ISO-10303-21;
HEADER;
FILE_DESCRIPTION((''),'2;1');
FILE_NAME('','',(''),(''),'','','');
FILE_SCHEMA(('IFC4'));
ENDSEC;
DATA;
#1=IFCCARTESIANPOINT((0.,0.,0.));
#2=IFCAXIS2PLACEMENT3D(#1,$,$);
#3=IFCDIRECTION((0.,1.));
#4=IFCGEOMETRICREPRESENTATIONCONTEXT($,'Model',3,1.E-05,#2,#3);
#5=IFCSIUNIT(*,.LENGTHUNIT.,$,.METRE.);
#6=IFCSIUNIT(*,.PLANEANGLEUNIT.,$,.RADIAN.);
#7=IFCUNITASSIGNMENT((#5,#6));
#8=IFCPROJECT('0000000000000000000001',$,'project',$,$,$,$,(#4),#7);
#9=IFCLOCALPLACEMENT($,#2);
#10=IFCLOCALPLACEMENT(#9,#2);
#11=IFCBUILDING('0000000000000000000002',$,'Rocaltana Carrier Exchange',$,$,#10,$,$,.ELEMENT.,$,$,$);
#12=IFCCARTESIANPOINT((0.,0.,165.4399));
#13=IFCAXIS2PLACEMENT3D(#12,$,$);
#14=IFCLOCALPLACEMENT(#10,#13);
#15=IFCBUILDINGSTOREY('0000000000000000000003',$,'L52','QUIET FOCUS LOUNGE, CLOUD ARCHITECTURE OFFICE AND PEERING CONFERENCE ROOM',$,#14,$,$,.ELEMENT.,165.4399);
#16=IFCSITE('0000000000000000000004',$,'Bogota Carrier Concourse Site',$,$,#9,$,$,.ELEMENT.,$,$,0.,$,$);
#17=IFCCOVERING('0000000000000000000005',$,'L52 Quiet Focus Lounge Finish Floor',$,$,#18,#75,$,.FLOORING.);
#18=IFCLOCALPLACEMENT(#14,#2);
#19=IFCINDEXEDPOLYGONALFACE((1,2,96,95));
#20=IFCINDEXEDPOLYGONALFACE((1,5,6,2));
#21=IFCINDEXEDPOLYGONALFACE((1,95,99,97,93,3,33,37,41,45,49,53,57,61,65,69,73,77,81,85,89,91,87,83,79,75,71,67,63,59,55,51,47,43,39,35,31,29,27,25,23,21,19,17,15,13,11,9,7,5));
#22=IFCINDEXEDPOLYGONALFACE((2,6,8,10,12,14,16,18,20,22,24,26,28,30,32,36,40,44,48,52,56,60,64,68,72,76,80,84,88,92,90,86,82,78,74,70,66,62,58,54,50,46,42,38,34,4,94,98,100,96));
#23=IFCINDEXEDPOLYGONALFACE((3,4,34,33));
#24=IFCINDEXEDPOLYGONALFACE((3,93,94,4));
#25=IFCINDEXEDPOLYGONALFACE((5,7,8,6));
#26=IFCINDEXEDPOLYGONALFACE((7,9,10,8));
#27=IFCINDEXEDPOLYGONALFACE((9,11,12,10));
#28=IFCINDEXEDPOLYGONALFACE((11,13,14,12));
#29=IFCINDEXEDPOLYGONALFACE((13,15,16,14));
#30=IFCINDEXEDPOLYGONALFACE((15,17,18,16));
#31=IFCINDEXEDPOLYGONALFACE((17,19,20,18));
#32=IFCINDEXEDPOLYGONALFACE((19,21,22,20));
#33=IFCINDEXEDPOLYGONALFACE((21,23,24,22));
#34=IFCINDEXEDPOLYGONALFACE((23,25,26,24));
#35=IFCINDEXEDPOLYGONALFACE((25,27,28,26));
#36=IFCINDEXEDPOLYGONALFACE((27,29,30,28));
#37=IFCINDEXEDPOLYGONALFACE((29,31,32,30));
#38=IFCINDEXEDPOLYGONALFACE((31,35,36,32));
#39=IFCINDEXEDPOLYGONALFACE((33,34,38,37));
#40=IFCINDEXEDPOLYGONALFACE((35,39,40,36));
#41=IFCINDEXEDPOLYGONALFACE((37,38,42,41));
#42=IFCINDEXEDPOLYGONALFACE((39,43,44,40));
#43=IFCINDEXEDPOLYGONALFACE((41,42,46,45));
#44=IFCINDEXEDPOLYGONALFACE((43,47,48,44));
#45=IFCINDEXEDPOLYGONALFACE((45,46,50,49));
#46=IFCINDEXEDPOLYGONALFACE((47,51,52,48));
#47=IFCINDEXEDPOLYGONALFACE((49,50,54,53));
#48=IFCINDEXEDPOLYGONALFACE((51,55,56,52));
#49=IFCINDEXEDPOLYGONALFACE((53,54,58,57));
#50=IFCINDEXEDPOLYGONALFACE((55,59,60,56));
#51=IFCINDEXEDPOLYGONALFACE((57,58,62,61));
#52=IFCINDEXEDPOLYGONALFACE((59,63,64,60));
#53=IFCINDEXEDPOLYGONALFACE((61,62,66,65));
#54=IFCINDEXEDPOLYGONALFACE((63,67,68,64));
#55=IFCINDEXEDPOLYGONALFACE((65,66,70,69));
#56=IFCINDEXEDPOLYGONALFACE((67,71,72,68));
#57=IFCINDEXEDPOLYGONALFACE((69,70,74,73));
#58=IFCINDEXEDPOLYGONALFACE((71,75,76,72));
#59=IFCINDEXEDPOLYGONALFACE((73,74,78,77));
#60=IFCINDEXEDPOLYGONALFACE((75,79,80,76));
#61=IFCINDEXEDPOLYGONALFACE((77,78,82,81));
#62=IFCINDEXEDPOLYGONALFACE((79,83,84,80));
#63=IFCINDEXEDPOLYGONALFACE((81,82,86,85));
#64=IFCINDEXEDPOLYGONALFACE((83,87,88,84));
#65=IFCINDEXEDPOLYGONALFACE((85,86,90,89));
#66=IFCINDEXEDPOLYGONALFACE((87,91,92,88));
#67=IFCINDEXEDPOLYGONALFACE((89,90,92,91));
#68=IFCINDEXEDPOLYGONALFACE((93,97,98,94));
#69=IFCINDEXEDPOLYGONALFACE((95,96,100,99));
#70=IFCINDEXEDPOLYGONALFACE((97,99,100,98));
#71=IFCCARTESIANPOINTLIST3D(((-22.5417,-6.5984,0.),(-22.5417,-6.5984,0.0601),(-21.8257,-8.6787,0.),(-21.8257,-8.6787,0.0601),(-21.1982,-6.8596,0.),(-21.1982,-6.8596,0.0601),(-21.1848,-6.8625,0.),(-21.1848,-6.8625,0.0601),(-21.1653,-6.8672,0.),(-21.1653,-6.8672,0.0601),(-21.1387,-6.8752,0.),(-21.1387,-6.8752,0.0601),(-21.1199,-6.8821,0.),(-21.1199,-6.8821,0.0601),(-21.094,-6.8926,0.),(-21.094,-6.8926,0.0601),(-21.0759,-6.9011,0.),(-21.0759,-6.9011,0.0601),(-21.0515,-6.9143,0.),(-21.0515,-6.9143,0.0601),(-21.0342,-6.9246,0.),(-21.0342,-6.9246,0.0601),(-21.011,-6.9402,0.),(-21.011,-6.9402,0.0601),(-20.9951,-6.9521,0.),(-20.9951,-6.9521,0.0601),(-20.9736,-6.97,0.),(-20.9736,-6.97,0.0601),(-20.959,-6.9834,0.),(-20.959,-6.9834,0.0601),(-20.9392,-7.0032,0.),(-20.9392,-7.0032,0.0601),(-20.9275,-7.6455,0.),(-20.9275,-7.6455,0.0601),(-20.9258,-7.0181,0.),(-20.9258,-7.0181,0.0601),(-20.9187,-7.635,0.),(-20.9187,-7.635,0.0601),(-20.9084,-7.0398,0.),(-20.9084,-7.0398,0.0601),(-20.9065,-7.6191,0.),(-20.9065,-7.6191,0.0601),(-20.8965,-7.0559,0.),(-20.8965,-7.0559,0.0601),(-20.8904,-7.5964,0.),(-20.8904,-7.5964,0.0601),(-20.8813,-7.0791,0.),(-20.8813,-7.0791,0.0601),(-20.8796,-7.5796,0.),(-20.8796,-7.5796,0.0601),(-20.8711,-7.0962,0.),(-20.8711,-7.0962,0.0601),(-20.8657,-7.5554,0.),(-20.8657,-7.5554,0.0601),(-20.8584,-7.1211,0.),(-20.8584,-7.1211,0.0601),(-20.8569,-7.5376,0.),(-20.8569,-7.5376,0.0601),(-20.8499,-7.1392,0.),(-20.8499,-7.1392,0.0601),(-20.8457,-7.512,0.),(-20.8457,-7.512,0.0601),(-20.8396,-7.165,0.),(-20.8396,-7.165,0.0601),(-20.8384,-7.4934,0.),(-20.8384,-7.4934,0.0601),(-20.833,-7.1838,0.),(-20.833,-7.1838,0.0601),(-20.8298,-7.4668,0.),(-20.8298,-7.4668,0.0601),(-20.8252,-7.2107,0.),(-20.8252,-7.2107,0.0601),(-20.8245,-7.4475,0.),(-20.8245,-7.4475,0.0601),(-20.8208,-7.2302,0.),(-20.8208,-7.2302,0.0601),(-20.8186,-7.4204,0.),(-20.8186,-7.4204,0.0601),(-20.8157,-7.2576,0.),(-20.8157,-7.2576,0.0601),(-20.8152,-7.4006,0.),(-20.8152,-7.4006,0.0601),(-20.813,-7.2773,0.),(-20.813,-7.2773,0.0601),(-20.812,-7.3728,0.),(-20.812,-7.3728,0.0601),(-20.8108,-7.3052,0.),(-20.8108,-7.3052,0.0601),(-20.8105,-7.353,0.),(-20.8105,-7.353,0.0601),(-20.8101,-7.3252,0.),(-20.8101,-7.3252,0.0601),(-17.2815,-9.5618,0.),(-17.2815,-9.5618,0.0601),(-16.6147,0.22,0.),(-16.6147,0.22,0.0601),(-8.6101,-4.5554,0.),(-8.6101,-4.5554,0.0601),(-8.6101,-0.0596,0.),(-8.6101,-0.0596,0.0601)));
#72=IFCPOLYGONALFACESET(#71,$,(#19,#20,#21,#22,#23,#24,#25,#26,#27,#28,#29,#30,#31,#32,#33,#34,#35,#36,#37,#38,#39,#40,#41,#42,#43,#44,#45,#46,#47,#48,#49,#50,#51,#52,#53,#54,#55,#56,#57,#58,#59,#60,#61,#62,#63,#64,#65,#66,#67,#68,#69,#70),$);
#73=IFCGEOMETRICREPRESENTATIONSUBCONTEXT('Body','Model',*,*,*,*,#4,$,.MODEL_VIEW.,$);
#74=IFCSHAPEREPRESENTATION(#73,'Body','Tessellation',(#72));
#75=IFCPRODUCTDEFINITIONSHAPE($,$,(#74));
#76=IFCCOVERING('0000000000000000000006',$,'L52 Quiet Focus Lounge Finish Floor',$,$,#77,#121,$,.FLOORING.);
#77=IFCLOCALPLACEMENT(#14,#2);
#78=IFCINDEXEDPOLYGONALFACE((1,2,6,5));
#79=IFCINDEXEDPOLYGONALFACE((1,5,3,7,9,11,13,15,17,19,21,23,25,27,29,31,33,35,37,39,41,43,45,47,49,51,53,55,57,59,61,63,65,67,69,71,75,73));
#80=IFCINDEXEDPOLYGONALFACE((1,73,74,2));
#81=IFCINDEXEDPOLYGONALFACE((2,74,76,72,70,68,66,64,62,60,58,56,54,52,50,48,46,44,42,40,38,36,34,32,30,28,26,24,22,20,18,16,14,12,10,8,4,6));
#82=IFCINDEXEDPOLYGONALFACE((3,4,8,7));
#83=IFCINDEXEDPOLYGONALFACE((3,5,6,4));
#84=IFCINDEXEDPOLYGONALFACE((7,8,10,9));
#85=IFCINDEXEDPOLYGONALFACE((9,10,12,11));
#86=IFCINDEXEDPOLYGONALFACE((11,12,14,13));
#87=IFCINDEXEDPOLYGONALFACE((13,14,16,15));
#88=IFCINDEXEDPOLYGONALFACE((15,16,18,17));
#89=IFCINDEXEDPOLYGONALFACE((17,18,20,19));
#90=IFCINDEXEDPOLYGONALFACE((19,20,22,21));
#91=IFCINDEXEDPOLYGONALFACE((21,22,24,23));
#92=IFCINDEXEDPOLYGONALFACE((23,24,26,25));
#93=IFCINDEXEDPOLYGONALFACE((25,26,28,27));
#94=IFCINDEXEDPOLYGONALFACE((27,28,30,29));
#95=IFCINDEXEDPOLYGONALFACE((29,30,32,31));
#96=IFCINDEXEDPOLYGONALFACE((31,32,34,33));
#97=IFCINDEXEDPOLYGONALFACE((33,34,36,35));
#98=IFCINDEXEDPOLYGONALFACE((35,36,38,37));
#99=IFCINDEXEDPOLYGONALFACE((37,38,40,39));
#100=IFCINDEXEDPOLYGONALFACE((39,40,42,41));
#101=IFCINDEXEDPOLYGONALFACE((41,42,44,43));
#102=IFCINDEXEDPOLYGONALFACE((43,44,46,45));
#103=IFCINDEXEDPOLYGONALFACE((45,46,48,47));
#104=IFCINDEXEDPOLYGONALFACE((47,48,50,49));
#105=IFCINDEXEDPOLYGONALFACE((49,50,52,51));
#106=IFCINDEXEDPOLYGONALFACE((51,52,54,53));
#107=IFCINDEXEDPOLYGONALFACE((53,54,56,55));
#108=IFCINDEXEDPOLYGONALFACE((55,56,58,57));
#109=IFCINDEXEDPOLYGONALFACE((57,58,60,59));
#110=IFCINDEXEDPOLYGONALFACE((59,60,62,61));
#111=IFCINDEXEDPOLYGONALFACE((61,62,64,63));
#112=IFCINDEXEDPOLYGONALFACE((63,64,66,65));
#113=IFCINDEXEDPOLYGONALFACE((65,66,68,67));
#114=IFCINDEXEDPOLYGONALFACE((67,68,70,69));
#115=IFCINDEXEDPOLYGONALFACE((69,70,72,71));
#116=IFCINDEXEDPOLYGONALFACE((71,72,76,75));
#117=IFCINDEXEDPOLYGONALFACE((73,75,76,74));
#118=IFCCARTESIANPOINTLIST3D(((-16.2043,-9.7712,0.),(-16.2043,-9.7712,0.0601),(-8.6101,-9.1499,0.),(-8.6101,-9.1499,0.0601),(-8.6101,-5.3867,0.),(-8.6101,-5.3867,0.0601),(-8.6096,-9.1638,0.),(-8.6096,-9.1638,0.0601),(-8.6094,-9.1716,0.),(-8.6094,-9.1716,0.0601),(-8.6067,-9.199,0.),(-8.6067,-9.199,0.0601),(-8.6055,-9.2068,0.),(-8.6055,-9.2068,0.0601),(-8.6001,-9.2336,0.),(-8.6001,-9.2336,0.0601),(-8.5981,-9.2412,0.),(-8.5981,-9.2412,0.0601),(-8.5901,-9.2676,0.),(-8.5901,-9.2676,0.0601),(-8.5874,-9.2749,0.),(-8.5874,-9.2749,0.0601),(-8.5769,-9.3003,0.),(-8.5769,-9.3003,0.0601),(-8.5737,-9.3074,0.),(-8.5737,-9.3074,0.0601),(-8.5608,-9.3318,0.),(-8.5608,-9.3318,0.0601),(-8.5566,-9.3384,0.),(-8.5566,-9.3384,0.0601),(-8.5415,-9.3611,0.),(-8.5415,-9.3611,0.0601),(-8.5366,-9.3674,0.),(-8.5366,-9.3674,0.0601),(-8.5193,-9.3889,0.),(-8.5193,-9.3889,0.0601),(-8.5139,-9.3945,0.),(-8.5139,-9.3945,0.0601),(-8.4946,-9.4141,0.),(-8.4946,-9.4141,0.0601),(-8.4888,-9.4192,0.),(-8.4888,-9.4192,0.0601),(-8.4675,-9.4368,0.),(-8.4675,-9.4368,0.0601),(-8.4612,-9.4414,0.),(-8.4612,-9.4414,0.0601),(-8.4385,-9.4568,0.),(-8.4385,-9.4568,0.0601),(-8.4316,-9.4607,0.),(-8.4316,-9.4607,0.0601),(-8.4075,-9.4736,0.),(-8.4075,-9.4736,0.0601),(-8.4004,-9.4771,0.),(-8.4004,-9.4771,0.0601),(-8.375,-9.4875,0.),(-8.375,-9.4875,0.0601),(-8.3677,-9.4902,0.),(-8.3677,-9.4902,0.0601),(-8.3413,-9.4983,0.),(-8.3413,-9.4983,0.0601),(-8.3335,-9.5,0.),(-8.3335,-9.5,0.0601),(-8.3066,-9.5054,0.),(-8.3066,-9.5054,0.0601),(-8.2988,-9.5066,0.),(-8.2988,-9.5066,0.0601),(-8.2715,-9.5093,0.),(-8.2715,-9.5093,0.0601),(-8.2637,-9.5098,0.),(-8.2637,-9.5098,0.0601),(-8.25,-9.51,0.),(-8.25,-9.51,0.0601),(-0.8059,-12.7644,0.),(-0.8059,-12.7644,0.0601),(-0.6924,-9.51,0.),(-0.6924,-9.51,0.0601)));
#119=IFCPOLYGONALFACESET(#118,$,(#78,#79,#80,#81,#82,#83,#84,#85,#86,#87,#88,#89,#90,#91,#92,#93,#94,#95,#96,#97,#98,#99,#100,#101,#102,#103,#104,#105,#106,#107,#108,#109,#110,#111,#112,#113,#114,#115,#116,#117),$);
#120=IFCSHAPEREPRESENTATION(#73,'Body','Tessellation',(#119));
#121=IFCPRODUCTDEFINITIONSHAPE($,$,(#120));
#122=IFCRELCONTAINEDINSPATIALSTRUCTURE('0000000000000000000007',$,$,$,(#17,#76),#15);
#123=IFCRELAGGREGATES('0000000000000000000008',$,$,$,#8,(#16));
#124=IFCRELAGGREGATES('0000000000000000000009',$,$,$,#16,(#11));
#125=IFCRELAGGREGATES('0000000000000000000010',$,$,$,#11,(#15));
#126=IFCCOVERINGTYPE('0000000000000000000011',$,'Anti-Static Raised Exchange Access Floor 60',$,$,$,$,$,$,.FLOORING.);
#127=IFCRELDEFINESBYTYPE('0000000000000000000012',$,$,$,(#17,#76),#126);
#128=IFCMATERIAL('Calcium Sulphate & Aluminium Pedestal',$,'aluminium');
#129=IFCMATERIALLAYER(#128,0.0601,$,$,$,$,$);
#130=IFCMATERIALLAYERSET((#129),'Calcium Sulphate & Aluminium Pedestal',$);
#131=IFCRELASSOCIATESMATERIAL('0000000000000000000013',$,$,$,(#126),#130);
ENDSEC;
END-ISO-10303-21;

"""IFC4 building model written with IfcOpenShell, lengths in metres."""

from ifc_helpers import new_model, si_unit, direction, frame, origin, place, context, subcontext, project, spatial, polyline, outline, extrude, material, layer, layer_set, type_object, element, save


model = new_model("IFC4")

# Units and contexts
model_context = context("Model", 3, precision=1e-05, world=origin(), true_north=direction((0.0, 1.0)))
body_context = subcontext(model_context, "Body", "Model", "MODEL_VIEW")
ifc_project = project(units=[si_unit("LENGTHUNIT", "METRE"), si_unit("PLANEANGLEUNIT", "RADIAN")], contexts=[model_context])

# Site, building, storey
site_placement = place(None, origin())
site = spatial("IfcSite", under=ifc_project, at=site_placement, Name="Bogota Carrier Concourse Site", CompositionType="ELEMENT", RefElevation=0.0)
building_placement = place(site_placement, origin())
building = spatial("IfcBuilding", under=site, at=building_placement, Name="Rocaltana Carrier Exchange", CompositionType="ELEMENT")
storey_placement = place(building_placement, frame((0.0, 0.0, 165.4399)))
storey = spatial("IfcBuildingStorey", under=building, at=storey_placement, Name="L52", Description="QUIET FOCUS LOUNGE, CLOUD ARCHITECTURE OFFICE AND PEERING CONFERENCE ROOM", CompositionType="ELEMENT", Elevation=165.4399)

# Coverings
ifc_material_1 = material(Name="Calcium Sulphate & Aluminium Pedestal", Category="aluminium")
ifc_layer_1 = layer(ifc_material_1, 0.0601)
ifc_layer_set_1 = layer_set([ifc_layer_1], Name="Calcium Sulphate & Aluminium Pedestal")
covering_type_1 = type_object("IfcCoveringType", Name="Anti-Static Raised Exchange Access Floor 60", PredefinedType="FLOORING", material=ifc_layer_set_1)
covering_1_placement = place(storey_placement, origin())
element("IfcCovering", 1, at=covering_1_placement, inside=storey, type_object=covering_type_1, Name="L52 Quiet Focus Lounge Finish Floor", PredefinedType="FLOORING", context=body_context, shape_type="SweptSolid", body=[
    extrude(outline(polyline([(-20.9275, -7.6455), (-20.9187, -7.635), (-20.9065, -7.6191), (-20.8904, -7.5964), (-20.8796, -7.5796), (-20.8657, -7.5554), (-20.8569, -7.5376), (-20.8457, -7.512), (-20.8384, -7.4934), (-20.8298, -7.4668), (-20.8245, -7.4475), (-20.8186, -7.4204), (-20.8152, -7.4006), (-20.812, -7.3728), (-20.8105, -7.353), (-20.8101, -7.3252), (-20.8108, -7.3052), (-20.813, -7.2773), (-20.8157, -7.2576), (-20.8208, -7.2302), (-20.8252, -7.2107), (-20.833, -7.1838), (-20.8396, -7.165), (-20.8499, -7.1392), (-20.8584, -7.1211), (-20.8711, -7.0962), (-20.8813, -7.0791), (-20.8965, -7.0559), (-20.9084, -7.0398), (-20.9258, -7.0181), (-20.9392, -7.0032), (-20.959, -6.9834), (-20.9736, -6.97), (-20.9951, -6.9521), (-21.011, -6.9402), (-21.0342, -6.9246), (-21.0515, -6.9143), (-21.0759, -6.9011), (-21.094, -6.8926), (-21.1199, -6.8821), (-21.1387, -6.8752), (-21.1653, -6.8672), (-21.1848, -6.8625), (-21.1982, -6.8596), (-22.5417, -6.5984), (-16.6147, 0.22), (-8.6101, -0.0596), (-8.6101, -4.5554), (-17.2815, -9.5618), (-21.8257, -8.6787), (-20.9275, -7.6455)])), origin(), (0.0, 0.0, 1.0), 0.0601),
])
covering_2_placement = place(storey_placement, origin())
element("IfcCovering", 2, at=covering_2_placement, inside=storey, type_object=covering_type_1, Name="L52 Quiet Focus Lounge Finish Floor", PredefinedType="FLOORING", context=body_context, shape_type="SweptSolid", body=[
    extrude(outline(polyline([(-16.2043, -9.7712), (-8.6101, -5.3867), (-8.6101, -9.1499), (-8.6096, -9.1638), (-8.6094, -9.1716), (-8.6067, -9.199), (-8.6055, -9.2068), (-8.6001, -9.2336), (-8.5981, -9.2412), (-8.5901, -9.2676), (-8.5874, -9.2749), (-8.5769, -9.3003), (-8.5737, -9.3074), (-8.5608, -9.3318), (-8.5566, -9.3384), (-8.5415, -9.3611), (-8.5366, -9.3674), (-8.5193, -9.3889), (-8.5139, -9.3945), (-8.4946, -9.4141), (-8.4888, -9.4192), (-8.4675, -9.4368), (-8.4612, -9.4414), (-8.4385, -9.4568), (-8.4316, -9.4607), (-8.4075, -9.4736), (-8.4004, -9.4771), (-8.375, -9.4875), (-8.3677, -9.4902), (-8.3413, -9.4983), (-8.3335, -9.5), (-8.3066, -9.5054), (-8.2988, -9.5066), (-8.2715, -9.5093), (-8.2637, -9.5098), (-8.25, -9.51), (-0.6924, -9.51), (-0.8059, -12.7644), (-16.2043, -9.7712)])), origin(), (0.0, 0.0, 1.0), 0.0601),
])

save(model, "model.ifc")
